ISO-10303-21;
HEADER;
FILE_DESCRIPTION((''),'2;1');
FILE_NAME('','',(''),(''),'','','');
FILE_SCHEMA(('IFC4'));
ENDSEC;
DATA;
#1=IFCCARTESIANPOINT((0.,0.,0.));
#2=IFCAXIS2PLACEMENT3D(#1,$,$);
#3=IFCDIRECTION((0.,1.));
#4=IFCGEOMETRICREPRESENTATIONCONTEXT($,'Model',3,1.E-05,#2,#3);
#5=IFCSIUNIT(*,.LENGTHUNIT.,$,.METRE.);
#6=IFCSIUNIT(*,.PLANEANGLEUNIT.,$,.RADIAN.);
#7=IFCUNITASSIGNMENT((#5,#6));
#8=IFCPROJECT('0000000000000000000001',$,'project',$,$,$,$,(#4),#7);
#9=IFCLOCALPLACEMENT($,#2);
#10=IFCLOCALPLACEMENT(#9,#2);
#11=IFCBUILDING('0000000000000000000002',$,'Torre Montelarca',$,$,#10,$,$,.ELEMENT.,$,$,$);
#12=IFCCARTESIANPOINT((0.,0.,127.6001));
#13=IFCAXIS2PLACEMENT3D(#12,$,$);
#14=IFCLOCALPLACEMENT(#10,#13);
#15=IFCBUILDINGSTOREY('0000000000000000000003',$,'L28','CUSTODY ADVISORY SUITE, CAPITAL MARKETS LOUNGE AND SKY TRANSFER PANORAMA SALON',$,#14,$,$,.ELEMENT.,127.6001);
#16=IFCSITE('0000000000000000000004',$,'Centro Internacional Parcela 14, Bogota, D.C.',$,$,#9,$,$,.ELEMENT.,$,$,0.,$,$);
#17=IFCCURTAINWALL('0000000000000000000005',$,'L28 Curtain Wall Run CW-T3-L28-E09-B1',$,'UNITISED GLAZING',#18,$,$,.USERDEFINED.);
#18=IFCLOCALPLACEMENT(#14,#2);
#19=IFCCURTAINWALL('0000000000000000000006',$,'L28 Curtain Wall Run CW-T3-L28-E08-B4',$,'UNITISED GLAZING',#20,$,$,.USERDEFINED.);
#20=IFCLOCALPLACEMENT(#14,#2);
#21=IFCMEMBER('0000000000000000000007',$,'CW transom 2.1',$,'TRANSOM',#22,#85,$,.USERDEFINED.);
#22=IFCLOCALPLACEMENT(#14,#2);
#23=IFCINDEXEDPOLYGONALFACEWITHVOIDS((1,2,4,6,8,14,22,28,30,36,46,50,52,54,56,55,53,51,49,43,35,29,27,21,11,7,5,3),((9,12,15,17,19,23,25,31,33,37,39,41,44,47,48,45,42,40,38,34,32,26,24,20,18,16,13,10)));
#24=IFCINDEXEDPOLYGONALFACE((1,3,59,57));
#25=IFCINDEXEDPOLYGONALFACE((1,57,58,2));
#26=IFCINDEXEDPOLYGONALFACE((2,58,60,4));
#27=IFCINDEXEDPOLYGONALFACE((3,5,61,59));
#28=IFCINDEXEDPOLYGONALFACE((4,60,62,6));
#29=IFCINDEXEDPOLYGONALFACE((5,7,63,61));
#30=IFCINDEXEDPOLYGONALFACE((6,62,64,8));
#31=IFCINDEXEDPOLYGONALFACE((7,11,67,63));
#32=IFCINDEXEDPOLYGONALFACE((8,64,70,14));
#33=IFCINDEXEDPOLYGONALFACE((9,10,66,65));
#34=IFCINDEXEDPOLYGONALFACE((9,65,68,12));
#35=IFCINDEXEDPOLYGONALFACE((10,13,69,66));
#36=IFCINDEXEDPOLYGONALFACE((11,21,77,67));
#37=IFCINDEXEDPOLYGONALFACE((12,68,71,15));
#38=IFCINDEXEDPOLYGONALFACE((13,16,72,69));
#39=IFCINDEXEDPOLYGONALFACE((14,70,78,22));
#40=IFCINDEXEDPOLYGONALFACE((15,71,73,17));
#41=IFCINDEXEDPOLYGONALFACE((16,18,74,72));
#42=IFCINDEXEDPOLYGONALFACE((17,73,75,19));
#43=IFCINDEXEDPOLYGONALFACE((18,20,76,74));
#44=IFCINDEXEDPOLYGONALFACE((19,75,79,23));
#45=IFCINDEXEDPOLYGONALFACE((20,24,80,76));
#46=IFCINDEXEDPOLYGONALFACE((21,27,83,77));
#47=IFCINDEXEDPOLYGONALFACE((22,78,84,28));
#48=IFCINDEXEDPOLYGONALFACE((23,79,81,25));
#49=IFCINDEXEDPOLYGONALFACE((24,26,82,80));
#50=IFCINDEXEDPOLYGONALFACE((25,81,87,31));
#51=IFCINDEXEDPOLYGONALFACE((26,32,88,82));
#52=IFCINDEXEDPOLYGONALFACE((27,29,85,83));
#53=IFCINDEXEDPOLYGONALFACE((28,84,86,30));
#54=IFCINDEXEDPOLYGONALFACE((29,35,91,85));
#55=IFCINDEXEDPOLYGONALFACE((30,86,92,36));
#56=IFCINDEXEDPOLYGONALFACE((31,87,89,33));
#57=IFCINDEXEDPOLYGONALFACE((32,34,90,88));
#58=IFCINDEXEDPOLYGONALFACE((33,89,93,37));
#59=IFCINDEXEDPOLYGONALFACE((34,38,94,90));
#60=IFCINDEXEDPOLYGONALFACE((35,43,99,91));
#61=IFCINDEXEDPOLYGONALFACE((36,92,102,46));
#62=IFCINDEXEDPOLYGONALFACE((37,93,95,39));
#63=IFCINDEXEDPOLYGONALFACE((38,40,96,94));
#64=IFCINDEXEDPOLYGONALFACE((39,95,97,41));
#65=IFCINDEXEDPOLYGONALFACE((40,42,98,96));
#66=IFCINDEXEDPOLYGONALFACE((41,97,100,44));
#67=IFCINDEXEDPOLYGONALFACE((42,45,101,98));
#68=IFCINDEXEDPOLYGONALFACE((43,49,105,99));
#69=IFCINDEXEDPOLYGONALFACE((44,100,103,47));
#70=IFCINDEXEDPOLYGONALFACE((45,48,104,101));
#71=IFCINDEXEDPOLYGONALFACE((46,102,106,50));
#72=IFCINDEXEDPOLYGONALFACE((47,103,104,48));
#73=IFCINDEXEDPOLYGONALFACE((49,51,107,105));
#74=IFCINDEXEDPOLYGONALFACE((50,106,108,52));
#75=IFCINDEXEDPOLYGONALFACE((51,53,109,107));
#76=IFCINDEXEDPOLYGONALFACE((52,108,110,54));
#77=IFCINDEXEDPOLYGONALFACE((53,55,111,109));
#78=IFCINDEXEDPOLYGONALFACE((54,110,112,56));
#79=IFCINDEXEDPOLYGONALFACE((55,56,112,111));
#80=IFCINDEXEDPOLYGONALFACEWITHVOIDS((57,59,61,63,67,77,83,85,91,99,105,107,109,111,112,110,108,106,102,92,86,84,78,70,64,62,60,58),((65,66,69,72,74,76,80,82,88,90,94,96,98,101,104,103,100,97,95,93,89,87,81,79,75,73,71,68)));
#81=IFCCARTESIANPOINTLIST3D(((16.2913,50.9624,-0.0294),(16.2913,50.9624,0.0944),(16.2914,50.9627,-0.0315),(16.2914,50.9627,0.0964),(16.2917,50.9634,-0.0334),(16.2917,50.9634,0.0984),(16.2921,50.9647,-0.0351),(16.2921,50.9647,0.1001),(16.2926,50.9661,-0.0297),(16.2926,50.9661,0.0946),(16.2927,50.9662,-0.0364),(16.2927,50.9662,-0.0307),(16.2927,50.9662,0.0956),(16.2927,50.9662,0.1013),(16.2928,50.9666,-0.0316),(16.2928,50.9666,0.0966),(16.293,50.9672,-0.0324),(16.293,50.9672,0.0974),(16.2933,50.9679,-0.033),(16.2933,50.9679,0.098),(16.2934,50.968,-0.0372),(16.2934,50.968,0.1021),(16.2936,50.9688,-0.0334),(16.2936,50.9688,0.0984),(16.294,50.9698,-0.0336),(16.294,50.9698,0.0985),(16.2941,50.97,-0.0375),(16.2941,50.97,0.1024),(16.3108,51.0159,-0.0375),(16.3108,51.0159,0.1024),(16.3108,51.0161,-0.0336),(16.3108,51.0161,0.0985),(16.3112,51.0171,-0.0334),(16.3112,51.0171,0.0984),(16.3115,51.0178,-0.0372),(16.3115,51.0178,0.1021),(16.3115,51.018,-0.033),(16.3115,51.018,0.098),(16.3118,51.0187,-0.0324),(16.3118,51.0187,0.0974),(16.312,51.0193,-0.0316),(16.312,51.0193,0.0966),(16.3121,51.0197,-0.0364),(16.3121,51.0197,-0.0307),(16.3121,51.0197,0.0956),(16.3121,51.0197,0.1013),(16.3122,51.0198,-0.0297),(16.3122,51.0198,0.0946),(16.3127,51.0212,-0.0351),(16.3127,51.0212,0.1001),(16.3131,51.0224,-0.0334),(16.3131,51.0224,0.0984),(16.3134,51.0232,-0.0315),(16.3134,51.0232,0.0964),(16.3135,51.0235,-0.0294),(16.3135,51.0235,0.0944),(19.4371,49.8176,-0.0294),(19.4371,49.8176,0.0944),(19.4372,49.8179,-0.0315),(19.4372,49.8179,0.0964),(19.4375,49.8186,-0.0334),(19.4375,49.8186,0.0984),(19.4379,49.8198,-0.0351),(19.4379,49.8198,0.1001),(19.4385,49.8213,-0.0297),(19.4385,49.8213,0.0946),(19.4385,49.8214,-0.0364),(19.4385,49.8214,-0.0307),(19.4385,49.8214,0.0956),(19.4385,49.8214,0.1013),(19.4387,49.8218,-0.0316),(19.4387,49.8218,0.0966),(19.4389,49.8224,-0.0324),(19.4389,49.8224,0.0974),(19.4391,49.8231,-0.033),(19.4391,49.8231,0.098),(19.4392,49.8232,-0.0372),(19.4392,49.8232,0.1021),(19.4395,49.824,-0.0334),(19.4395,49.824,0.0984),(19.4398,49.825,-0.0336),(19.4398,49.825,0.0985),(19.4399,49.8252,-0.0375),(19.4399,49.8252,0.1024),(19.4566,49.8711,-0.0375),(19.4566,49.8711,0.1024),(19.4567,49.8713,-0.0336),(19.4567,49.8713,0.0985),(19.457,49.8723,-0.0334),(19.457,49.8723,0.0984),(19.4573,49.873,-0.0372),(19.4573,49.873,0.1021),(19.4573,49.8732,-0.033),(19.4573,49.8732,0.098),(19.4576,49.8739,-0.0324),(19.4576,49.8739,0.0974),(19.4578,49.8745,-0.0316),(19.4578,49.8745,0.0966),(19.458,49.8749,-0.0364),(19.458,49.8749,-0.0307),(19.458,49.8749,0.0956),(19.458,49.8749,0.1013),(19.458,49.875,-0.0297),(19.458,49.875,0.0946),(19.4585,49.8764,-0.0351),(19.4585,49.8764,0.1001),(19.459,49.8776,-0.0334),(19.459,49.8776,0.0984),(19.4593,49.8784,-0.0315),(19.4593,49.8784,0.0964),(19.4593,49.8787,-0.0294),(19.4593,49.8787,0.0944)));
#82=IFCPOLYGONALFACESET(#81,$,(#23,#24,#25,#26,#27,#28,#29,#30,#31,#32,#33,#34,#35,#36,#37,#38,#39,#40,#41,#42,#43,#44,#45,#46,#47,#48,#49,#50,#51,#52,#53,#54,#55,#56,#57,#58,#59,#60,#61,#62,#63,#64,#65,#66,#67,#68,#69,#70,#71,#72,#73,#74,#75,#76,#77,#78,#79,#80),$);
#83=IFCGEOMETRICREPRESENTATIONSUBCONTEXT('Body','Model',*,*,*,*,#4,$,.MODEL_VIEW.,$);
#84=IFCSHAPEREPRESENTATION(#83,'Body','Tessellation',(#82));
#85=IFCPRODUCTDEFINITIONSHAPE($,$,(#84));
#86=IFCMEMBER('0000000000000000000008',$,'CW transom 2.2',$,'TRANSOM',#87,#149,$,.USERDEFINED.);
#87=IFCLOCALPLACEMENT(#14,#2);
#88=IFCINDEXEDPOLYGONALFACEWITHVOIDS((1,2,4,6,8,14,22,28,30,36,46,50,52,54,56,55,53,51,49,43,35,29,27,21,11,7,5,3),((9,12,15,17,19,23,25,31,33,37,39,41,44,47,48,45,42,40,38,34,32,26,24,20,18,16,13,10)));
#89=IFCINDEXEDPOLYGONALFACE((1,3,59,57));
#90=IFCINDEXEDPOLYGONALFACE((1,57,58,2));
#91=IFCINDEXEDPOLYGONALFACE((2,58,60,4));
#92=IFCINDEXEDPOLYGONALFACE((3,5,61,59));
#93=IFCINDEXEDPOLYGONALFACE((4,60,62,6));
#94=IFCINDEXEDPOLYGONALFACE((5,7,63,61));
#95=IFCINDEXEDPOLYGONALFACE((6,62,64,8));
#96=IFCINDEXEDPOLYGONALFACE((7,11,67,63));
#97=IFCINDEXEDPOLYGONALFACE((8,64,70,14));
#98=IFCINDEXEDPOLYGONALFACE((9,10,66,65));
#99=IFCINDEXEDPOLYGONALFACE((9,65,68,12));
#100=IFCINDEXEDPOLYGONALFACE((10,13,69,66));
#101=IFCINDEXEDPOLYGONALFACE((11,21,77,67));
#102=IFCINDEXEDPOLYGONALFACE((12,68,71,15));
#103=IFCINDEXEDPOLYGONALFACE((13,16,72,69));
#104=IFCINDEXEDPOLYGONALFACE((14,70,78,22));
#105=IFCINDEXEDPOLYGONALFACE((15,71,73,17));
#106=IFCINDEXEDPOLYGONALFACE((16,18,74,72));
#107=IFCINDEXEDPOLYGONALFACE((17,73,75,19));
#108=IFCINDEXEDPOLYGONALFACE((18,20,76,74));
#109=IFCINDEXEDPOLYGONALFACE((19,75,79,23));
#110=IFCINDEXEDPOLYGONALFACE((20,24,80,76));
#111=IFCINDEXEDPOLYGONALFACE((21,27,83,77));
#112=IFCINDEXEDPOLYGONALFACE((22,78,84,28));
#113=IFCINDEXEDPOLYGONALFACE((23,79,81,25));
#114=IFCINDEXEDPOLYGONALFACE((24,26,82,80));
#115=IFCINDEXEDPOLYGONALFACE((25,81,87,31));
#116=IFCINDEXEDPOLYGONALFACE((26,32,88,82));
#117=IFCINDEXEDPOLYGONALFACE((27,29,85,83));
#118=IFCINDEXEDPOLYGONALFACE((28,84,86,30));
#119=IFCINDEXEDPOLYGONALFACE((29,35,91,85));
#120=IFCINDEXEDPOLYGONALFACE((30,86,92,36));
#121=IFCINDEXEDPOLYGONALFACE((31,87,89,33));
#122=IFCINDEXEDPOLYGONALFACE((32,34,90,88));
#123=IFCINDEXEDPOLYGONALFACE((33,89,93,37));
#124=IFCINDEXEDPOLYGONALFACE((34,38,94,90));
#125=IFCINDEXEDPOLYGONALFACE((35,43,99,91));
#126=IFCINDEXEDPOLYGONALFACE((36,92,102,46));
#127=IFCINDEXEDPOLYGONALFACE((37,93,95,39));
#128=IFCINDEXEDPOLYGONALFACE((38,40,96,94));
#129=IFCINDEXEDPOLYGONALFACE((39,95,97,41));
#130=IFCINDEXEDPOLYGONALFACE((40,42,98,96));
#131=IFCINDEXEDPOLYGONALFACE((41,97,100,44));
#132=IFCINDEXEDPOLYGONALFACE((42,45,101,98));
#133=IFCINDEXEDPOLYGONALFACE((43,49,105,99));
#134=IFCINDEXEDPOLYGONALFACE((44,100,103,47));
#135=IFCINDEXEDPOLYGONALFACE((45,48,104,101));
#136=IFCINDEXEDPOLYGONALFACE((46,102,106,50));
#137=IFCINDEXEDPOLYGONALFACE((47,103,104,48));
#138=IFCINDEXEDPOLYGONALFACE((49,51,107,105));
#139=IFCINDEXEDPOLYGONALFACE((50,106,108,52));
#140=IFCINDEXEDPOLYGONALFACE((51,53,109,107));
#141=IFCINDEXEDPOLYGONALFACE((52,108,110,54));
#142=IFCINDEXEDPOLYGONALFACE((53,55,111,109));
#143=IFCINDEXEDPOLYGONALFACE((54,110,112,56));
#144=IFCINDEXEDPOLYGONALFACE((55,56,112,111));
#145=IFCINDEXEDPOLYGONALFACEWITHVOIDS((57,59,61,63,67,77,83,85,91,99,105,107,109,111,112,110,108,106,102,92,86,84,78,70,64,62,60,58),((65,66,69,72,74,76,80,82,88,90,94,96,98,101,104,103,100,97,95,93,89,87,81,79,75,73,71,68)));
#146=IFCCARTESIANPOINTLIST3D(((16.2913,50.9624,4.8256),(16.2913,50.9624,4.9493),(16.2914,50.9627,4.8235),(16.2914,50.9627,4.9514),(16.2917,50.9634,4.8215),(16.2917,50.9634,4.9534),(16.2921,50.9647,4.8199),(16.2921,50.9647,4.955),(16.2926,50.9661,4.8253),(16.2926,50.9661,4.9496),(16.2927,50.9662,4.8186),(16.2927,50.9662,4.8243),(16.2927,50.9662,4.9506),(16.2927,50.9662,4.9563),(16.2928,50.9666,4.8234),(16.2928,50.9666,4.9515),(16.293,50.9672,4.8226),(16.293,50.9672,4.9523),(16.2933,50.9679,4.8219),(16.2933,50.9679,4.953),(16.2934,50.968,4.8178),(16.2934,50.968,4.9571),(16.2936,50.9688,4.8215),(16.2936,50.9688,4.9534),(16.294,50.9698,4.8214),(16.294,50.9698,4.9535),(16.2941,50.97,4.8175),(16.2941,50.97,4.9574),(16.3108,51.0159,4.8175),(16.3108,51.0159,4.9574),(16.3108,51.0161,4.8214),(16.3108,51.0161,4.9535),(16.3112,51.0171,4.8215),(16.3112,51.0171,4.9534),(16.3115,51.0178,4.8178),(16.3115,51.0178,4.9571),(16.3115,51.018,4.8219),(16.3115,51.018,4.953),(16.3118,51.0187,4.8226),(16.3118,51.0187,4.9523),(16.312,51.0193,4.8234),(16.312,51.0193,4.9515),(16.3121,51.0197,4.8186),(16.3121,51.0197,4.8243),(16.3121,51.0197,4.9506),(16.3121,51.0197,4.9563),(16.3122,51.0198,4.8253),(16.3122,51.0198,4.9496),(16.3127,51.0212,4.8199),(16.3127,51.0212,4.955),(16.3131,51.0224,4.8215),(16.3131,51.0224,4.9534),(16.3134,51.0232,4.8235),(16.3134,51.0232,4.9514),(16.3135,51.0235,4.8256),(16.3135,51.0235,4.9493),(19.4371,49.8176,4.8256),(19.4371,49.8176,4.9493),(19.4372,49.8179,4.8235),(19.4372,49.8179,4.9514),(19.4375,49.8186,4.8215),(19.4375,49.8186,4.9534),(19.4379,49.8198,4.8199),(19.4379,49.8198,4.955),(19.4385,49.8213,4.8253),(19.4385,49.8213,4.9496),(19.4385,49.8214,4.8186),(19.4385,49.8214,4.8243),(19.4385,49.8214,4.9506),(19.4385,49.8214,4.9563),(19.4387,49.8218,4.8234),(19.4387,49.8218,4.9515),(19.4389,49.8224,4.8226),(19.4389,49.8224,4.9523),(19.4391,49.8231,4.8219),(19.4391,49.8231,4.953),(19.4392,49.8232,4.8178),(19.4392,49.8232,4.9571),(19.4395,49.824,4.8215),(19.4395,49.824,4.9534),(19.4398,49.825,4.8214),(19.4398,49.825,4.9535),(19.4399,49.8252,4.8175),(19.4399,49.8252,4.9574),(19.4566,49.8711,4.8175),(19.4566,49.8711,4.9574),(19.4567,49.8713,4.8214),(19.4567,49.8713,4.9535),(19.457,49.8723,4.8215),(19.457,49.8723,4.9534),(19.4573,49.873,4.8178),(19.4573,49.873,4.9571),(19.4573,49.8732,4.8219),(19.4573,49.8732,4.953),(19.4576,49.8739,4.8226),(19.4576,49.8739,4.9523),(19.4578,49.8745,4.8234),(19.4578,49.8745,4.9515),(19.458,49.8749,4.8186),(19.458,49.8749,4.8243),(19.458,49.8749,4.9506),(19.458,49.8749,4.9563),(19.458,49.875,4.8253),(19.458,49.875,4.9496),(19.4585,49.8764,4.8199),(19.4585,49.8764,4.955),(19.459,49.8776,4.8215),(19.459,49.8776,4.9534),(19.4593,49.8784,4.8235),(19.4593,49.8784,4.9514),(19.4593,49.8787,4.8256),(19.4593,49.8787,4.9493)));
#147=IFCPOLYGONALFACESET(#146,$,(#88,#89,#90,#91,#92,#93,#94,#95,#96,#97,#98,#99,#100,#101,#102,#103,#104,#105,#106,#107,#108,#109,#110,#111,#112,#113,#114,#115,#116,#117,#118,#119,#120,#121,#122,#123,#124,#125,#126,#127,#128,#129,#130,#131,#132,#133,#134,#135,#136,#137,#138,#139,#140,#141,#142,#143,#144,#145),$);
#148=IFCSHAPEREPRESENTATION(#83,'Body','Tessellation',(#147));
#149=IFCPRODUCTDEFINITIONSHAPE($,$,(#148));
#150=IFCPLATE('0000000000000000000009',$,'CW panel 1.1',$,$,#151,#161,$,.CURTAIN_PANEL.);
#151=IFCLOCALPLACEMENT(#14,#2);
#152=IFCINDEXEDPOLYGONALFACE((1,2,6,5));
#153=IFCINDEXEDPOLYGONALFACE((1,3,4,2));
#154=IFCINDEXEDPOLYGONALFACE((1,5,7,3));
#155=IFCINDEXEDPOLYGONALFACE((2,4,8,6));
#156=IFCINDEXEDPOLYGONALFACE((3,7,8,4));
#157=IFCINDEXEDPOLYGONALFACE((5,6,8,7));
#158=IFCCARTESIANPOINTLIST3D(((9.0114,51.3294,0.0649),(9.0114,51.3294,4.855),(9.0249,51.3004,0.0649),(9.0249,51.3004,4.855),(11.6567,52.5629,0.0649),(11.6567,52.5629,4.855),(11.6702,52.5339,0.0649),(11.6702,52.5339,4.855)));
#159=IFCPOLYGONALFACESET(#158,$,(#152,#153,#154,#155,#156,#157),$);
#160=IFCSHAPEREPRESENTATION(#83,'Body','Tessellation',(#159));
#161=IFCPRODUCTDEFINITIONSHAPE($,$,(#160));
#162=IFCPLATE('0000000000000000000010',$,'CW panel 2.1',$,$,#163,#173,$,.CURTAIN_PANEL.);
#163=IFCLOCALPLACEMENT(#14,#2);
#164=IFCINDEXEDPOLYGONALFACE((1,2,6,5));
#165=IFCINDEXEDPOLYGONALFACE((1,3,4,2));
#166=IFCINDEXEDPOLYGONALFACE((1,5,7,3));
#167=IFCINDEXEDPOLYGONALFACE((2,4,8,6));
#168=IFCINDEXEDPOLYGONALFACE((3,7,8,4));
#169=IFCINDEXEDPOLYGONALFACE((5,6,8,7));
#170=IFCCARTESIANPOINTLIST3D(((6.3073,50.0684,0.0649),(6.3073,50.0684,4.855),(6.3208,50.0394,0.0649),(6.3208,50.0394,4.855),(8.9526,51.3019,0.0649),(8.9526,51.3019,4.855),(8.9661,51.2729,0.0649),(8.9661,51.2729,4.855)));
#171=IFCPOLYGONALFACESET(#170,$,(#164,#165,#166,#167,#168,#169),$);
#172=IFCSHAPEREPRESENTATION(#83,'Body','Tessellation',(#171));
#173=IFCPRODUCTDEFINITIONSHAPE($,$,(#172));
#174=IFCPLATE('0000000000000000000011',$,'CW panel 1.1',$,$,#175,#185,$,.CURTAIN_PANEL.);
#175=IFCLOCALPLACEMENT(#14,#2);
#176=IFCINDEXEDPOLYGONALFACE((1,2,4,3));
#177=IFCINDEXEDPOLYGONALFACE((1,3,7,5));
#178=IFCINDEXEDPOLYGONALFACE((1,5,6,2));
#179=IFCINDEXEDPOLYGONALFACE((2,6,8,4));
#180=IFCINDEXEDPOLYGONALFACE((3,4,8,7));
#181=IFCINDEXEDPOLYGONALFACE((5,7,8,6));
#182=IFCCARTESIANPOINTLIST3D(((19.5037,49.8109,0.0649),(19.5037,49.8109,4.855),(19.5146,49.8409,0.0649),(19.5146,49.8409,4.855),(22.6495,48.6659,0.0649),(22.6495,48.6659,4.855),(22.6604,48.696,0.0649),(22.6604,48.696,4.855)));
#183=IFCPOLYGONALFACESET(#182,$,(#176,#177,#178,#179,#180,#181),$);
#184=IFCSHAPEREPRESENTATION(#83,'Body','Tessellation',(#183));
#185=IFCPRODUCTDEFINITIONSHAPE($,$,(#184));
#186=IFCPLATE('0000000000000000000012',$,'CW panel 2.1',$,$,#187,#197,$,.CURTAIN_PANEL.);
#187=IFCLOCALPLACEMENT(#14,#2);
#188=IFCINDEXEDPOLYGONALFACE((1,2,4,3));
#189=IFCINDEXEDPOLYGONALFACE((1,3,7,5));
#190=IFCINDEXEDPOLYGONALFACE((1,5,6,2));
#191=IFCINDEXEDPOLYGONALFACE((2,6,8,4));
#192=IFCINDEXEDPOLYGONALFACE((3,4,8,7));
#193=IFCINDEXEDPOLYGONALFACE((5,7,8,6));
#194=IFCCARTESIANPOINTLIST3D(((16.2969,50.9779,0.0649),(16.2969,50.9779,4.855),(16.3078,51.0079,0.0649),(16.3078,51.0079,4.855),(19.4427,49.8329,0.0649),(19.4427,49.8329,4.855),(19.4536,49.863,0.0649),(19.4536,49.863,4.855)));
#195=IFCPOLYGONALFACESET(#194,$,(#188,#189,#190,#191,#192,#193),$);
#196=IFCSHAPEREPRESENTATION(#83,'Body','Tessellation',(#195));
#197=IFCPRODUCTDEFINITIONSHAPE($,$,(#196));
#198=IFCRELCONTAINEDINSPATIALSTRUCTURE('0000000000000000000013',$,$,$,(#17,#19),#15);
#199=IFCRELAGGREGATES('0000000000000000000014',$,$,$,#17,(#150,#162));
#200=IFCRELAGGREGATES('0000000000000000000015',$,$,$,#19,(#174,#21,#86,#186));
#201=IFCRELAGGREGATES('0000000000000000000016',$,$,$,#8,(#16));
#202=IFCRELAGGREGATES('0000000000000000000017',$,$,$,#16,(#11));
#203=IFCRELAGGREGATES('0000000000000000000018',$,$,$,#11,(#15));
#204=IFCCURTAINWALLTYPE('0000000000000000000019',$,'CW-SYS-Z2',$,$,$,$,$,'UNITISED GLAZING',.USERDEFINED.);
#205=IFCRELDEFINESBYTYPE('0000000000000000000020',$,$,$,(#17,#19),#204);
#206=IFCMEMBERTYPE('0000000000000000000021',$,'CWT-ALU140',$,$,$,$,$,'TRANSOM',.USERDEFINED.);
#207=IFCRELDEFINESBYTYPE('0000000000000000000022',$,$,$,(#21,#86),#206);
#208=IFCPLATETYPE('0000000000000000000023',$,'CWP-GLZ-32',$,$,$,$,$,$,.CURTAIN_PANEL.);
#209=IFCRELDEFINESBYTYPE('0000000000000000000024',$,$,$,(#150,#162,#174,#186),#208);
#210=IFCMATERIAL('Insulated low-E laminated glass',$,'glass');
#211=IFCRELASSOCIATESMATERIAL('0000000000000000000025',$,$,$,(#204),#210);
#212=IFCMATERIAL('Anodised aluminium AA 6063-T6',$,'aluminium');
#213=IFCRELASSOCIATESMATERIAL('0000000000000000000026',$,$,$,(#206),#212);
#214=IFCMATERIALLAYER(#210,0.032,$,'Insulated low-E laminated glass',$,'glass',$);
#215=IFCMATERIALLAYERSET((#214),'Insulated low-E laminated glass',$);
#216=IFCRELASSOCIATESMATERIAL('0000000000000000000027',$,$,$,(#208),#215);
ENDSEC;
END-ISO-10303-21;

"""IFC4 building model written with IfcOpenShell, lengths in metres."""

from ifc_helpers import new_model, si_unit, direction, frame, origin, origin_2d, place, context, subcontext, project, spatial, rectangle, hollow_rectangle, extrude, source, transform, mapped, material, layer, layer_set, material_profile, profile_set, type_object, element, aggregate, save


model = new_model("IFC4")

# Units and contexts
model_context = context("Model", 3, precision=1e-05, world=origin(), true_north=direction((0.0, 1.0)))
body_context = subcontext(model_context, "Body", "Model", "MODEL_VIEW")
ifc_project = project(units=[si_unit("LENGTHUNIT", "METRE"), si_unit("PLANEANGLEUNIT", "RADIAN")], contexts=[model_context])

# Site, building, storey
site_placement = place(None, origin())
site = spatial("IfcSite", under=ifc_project, at=site_placement, Name="Centro Internacional Parcela 14, Bogota, D.C.", CompositionType="ELEMENT", RefElevation=0.0)
building_placement = place(site_placement, origin())
building = spatial("IfcBuilding", under=site, at=building_placement, Name="Torre Montelarca", CompositionType="ELEMENT")
storey_placement = place(building_placement, frame((0.0, 0.0, 127.6001)))
storey = spatial("IfcBuildingStorey", under=building, at=storey_placement, Name="L28", Description="CUSTODY ADVISORY SUITE, CAPITAL MARKETS LOUNGE AND SKY TRANSFER PANORAMA SALON", CompositionType="ELEMENT", Elevation=127.6001)

# Curtain walls
ifc_material_1 = material(Name="Insulated low-E laminated glass", Category="glass")
curtain_wall_type = type_object("IfcCurtainWallType", Name="CW-SYS-Z2", ElementType="UNITISED GLAZING", PredefinedType="USERDEFINED", material=ifc_material_1)
curtain_wall_1_placement = place(storey_placement, origin())
curtain_wall_1 = element("IfcCurtainWall", 1, at=curtain_wall_1_placement, inside=storey, type_object=curtain_wall_type, Name="L28 Curtain Wall Run CW-T3-L28-E09-B1", ObjectType="UNITISED GLAZING", PredefinedType="USERDEFINED")
ifc_material_2 = material(Name="Anodised aluminium AA 6063-T6", Category="aluminium")
ifc_material_profile_1 = material_profile(ifc_material_2, hollow_rectangle(XDim=0.0649, YDim=0.1399, WallThickness=0.0039, InnerFilletRadius=0.0039, OuterFilletRadius=0.0081, at=origin_2d()), Name="ALU65X140X4", Category="aluminium")
ifc_profile_set_1 = profile_set([ifc_material_profile_1], Name="Anodised aluminium AA 6063-T6")
member_type_1 = type_object("IfcMemberType", Name="CWT-ALU140", ElementType="TRANSOM", PredefinedType="USERDEFINED", material=ifc_profile_set_1)
curtain_wall_2_placement = place(storey_placement, origin())
curtain_wall_2 = element("IfcCurtainWall", 2, at=curtain_wall_2_placement, inside=storey, type_object=curtain_wall_type, Name="L28 Curtain Wall Run CW-T3-L28-E08-B4", ObjectType="UNITISED GLAZING", PredefinedType="USERDEFINED")

# Members
shared_shape_1 = source(origin(), body_context, "Body", "SweptSolid", [
    extrude(hollow_rectangle(XDim=0.0649, YDim=0.1399, WallThickness=0.0039, InnerFilletRadius=0.0039, OuterFilletRadius=0.0081, at=origin_2d()), origin(), (0.0, 0.0, 1.0), 3.3477),
])
member_1_placement = place(storey_placement, frame((19.4482, 49.8481, 0.0325), z_axis=(-0.93971, 0.341971, 0.0), x_axis=(-0.341971, -0.93971, 0.0)))
member_1 = element("IfcMember", 3, at=member_1_placement, type_object=member_type_1, Name="CW transom 2.1", ObjectType="TRANSOM", PredefinedType="USERDEFINED", context=body_context, shape_type="MappedRepresentation", body=[
    mapped(shared_shape_1, transform((0.0, 0.0, 0.0), scale=1.0)),
])
member_2_placement = place(storey_placement, frame((19.4482, 49.8481, 4.8875), z_axis=(-0.93971, 0.341971, 0.0), x_axis=(-0.341971, -0.93971, 0.0)))
member_2 = element("IfcMember", 4, at=member_2_placement, type_object=member_type_1, Name="CW transom 2.2", ObjectType="TRANSOM", PredefinedType="USERDEFINED", context=body_context, shape_type="MappedRepresentation", body=[
    mapped(shared_shape_1, transform((0.0, 0.0, 0.0), scale=1.0)),
])

# Plates
ifc_layer_1 = layer(ifc_material_1, 0.032, Name="Insulated low-E laminated glass", Category="glass")
ifc_layer_set_1 = layer_set([ifc_layer_1], Name="Insulated low-E laminated glass")
plate_type = type_object("IfcPlateType", Name="CWP-GLZ-32", PredefinedType="CURTAIN_PANEL", material=ifc_layer_set_1)
shared_shape_2 = source(origin(), body_context, "Body", "SweptSolid", [
    extrude(rectangle(XDim=2.9187, YDim=0.032, at=origin_2d()), origin(), (0.0, 0.0, 1.0), 4.79),
])
plate_1_placement = place(storey_placement, frame((10.3408, 51.9316, 0.0649), z_axis=(0.0, 0.0, 1.0), x_axis=(-0.906317, -0.422598, 0.0)))
plate_1 = element("IfcPlate", 5, at=plate_1_placement, type_object=plate_type, Name="CW panel 1.1", PredefinedType="CURTAIN_PANEL", context=body_context, shape_type="MappedRepresentation", body=[
    mapped(shared_shape_2, transform((0.0, 0.0, 0.0), scale=1.0)),
])
plate_2_placement = place(storey_placement, frame((7.6367, 50.6707, 0.0649), z_axis=(0.0, 0.0, 1.0), x_axis=(-0.906317, -0.422598, 0.0)))
plate_2 = element("IfcPlate", 6, at=plate_2_placement, type_object=plate_type, Name="CW panel 2.1", PredefinedType="CURTAIN_PANEL", context=body_context, shape_type="MappedRepresentation", body=[
    mapped(shared_shape_2, transform((0.0, 0.0, 0.0), scale=1.0)),
])
aggregate(curtain_wall_1, [plate_1, plate_2])
shared_shape_3 = source(origin(), body_context, "Body", "SweptSolid", [
    extrude(rectangle(XDim=3.3477, YDim=0.032, at=origin_2d()), origin(), (0.0, 0.0, 1.0), 4.79),
])
plate_3_placement = place(storey_placement, frame((21.082, 49.2534, 0.0649), z_axis=(0.0, 0.0, 1.0), x_axis=(-0.939695, 0.342012, 0.0)))
plate_3 = element("IfcPlate", 7, at=plate_3_placement, type_object=plate_type, Name="CW panel 1.1", PredefinedType="CURTAIN_PANEL", context=body_context, shape_type="MappedRepresentation", body=[
    mapped(shared_shape_3, transform((0.0, 0.0, 0.0), scale=1.0)),
])
plate_4_placement = place(storey_placement, frame((17.8752, 50.4204, 0.0649), z_axis=(0.0, 0.0, 1.0), x_axis=(-0.939695, 0.342012, 0.0)))
plate_4 = element("IfcPlate", 8, at=plate_4_placement, type_object=plate_type, Name="CW panel 2.1", PredefinedType="CURTAIN_PANEL", context=body_context, shape_type="MappedRepresentation", body=[
    mapped(shared_shape_3, transform((0.0, 0.0, 0.0), scale=1.0)),
])
aggregate(curtain_wall_2, [plate_3, member_1, member_2, plate_4])

save(model, "model.ifc")
